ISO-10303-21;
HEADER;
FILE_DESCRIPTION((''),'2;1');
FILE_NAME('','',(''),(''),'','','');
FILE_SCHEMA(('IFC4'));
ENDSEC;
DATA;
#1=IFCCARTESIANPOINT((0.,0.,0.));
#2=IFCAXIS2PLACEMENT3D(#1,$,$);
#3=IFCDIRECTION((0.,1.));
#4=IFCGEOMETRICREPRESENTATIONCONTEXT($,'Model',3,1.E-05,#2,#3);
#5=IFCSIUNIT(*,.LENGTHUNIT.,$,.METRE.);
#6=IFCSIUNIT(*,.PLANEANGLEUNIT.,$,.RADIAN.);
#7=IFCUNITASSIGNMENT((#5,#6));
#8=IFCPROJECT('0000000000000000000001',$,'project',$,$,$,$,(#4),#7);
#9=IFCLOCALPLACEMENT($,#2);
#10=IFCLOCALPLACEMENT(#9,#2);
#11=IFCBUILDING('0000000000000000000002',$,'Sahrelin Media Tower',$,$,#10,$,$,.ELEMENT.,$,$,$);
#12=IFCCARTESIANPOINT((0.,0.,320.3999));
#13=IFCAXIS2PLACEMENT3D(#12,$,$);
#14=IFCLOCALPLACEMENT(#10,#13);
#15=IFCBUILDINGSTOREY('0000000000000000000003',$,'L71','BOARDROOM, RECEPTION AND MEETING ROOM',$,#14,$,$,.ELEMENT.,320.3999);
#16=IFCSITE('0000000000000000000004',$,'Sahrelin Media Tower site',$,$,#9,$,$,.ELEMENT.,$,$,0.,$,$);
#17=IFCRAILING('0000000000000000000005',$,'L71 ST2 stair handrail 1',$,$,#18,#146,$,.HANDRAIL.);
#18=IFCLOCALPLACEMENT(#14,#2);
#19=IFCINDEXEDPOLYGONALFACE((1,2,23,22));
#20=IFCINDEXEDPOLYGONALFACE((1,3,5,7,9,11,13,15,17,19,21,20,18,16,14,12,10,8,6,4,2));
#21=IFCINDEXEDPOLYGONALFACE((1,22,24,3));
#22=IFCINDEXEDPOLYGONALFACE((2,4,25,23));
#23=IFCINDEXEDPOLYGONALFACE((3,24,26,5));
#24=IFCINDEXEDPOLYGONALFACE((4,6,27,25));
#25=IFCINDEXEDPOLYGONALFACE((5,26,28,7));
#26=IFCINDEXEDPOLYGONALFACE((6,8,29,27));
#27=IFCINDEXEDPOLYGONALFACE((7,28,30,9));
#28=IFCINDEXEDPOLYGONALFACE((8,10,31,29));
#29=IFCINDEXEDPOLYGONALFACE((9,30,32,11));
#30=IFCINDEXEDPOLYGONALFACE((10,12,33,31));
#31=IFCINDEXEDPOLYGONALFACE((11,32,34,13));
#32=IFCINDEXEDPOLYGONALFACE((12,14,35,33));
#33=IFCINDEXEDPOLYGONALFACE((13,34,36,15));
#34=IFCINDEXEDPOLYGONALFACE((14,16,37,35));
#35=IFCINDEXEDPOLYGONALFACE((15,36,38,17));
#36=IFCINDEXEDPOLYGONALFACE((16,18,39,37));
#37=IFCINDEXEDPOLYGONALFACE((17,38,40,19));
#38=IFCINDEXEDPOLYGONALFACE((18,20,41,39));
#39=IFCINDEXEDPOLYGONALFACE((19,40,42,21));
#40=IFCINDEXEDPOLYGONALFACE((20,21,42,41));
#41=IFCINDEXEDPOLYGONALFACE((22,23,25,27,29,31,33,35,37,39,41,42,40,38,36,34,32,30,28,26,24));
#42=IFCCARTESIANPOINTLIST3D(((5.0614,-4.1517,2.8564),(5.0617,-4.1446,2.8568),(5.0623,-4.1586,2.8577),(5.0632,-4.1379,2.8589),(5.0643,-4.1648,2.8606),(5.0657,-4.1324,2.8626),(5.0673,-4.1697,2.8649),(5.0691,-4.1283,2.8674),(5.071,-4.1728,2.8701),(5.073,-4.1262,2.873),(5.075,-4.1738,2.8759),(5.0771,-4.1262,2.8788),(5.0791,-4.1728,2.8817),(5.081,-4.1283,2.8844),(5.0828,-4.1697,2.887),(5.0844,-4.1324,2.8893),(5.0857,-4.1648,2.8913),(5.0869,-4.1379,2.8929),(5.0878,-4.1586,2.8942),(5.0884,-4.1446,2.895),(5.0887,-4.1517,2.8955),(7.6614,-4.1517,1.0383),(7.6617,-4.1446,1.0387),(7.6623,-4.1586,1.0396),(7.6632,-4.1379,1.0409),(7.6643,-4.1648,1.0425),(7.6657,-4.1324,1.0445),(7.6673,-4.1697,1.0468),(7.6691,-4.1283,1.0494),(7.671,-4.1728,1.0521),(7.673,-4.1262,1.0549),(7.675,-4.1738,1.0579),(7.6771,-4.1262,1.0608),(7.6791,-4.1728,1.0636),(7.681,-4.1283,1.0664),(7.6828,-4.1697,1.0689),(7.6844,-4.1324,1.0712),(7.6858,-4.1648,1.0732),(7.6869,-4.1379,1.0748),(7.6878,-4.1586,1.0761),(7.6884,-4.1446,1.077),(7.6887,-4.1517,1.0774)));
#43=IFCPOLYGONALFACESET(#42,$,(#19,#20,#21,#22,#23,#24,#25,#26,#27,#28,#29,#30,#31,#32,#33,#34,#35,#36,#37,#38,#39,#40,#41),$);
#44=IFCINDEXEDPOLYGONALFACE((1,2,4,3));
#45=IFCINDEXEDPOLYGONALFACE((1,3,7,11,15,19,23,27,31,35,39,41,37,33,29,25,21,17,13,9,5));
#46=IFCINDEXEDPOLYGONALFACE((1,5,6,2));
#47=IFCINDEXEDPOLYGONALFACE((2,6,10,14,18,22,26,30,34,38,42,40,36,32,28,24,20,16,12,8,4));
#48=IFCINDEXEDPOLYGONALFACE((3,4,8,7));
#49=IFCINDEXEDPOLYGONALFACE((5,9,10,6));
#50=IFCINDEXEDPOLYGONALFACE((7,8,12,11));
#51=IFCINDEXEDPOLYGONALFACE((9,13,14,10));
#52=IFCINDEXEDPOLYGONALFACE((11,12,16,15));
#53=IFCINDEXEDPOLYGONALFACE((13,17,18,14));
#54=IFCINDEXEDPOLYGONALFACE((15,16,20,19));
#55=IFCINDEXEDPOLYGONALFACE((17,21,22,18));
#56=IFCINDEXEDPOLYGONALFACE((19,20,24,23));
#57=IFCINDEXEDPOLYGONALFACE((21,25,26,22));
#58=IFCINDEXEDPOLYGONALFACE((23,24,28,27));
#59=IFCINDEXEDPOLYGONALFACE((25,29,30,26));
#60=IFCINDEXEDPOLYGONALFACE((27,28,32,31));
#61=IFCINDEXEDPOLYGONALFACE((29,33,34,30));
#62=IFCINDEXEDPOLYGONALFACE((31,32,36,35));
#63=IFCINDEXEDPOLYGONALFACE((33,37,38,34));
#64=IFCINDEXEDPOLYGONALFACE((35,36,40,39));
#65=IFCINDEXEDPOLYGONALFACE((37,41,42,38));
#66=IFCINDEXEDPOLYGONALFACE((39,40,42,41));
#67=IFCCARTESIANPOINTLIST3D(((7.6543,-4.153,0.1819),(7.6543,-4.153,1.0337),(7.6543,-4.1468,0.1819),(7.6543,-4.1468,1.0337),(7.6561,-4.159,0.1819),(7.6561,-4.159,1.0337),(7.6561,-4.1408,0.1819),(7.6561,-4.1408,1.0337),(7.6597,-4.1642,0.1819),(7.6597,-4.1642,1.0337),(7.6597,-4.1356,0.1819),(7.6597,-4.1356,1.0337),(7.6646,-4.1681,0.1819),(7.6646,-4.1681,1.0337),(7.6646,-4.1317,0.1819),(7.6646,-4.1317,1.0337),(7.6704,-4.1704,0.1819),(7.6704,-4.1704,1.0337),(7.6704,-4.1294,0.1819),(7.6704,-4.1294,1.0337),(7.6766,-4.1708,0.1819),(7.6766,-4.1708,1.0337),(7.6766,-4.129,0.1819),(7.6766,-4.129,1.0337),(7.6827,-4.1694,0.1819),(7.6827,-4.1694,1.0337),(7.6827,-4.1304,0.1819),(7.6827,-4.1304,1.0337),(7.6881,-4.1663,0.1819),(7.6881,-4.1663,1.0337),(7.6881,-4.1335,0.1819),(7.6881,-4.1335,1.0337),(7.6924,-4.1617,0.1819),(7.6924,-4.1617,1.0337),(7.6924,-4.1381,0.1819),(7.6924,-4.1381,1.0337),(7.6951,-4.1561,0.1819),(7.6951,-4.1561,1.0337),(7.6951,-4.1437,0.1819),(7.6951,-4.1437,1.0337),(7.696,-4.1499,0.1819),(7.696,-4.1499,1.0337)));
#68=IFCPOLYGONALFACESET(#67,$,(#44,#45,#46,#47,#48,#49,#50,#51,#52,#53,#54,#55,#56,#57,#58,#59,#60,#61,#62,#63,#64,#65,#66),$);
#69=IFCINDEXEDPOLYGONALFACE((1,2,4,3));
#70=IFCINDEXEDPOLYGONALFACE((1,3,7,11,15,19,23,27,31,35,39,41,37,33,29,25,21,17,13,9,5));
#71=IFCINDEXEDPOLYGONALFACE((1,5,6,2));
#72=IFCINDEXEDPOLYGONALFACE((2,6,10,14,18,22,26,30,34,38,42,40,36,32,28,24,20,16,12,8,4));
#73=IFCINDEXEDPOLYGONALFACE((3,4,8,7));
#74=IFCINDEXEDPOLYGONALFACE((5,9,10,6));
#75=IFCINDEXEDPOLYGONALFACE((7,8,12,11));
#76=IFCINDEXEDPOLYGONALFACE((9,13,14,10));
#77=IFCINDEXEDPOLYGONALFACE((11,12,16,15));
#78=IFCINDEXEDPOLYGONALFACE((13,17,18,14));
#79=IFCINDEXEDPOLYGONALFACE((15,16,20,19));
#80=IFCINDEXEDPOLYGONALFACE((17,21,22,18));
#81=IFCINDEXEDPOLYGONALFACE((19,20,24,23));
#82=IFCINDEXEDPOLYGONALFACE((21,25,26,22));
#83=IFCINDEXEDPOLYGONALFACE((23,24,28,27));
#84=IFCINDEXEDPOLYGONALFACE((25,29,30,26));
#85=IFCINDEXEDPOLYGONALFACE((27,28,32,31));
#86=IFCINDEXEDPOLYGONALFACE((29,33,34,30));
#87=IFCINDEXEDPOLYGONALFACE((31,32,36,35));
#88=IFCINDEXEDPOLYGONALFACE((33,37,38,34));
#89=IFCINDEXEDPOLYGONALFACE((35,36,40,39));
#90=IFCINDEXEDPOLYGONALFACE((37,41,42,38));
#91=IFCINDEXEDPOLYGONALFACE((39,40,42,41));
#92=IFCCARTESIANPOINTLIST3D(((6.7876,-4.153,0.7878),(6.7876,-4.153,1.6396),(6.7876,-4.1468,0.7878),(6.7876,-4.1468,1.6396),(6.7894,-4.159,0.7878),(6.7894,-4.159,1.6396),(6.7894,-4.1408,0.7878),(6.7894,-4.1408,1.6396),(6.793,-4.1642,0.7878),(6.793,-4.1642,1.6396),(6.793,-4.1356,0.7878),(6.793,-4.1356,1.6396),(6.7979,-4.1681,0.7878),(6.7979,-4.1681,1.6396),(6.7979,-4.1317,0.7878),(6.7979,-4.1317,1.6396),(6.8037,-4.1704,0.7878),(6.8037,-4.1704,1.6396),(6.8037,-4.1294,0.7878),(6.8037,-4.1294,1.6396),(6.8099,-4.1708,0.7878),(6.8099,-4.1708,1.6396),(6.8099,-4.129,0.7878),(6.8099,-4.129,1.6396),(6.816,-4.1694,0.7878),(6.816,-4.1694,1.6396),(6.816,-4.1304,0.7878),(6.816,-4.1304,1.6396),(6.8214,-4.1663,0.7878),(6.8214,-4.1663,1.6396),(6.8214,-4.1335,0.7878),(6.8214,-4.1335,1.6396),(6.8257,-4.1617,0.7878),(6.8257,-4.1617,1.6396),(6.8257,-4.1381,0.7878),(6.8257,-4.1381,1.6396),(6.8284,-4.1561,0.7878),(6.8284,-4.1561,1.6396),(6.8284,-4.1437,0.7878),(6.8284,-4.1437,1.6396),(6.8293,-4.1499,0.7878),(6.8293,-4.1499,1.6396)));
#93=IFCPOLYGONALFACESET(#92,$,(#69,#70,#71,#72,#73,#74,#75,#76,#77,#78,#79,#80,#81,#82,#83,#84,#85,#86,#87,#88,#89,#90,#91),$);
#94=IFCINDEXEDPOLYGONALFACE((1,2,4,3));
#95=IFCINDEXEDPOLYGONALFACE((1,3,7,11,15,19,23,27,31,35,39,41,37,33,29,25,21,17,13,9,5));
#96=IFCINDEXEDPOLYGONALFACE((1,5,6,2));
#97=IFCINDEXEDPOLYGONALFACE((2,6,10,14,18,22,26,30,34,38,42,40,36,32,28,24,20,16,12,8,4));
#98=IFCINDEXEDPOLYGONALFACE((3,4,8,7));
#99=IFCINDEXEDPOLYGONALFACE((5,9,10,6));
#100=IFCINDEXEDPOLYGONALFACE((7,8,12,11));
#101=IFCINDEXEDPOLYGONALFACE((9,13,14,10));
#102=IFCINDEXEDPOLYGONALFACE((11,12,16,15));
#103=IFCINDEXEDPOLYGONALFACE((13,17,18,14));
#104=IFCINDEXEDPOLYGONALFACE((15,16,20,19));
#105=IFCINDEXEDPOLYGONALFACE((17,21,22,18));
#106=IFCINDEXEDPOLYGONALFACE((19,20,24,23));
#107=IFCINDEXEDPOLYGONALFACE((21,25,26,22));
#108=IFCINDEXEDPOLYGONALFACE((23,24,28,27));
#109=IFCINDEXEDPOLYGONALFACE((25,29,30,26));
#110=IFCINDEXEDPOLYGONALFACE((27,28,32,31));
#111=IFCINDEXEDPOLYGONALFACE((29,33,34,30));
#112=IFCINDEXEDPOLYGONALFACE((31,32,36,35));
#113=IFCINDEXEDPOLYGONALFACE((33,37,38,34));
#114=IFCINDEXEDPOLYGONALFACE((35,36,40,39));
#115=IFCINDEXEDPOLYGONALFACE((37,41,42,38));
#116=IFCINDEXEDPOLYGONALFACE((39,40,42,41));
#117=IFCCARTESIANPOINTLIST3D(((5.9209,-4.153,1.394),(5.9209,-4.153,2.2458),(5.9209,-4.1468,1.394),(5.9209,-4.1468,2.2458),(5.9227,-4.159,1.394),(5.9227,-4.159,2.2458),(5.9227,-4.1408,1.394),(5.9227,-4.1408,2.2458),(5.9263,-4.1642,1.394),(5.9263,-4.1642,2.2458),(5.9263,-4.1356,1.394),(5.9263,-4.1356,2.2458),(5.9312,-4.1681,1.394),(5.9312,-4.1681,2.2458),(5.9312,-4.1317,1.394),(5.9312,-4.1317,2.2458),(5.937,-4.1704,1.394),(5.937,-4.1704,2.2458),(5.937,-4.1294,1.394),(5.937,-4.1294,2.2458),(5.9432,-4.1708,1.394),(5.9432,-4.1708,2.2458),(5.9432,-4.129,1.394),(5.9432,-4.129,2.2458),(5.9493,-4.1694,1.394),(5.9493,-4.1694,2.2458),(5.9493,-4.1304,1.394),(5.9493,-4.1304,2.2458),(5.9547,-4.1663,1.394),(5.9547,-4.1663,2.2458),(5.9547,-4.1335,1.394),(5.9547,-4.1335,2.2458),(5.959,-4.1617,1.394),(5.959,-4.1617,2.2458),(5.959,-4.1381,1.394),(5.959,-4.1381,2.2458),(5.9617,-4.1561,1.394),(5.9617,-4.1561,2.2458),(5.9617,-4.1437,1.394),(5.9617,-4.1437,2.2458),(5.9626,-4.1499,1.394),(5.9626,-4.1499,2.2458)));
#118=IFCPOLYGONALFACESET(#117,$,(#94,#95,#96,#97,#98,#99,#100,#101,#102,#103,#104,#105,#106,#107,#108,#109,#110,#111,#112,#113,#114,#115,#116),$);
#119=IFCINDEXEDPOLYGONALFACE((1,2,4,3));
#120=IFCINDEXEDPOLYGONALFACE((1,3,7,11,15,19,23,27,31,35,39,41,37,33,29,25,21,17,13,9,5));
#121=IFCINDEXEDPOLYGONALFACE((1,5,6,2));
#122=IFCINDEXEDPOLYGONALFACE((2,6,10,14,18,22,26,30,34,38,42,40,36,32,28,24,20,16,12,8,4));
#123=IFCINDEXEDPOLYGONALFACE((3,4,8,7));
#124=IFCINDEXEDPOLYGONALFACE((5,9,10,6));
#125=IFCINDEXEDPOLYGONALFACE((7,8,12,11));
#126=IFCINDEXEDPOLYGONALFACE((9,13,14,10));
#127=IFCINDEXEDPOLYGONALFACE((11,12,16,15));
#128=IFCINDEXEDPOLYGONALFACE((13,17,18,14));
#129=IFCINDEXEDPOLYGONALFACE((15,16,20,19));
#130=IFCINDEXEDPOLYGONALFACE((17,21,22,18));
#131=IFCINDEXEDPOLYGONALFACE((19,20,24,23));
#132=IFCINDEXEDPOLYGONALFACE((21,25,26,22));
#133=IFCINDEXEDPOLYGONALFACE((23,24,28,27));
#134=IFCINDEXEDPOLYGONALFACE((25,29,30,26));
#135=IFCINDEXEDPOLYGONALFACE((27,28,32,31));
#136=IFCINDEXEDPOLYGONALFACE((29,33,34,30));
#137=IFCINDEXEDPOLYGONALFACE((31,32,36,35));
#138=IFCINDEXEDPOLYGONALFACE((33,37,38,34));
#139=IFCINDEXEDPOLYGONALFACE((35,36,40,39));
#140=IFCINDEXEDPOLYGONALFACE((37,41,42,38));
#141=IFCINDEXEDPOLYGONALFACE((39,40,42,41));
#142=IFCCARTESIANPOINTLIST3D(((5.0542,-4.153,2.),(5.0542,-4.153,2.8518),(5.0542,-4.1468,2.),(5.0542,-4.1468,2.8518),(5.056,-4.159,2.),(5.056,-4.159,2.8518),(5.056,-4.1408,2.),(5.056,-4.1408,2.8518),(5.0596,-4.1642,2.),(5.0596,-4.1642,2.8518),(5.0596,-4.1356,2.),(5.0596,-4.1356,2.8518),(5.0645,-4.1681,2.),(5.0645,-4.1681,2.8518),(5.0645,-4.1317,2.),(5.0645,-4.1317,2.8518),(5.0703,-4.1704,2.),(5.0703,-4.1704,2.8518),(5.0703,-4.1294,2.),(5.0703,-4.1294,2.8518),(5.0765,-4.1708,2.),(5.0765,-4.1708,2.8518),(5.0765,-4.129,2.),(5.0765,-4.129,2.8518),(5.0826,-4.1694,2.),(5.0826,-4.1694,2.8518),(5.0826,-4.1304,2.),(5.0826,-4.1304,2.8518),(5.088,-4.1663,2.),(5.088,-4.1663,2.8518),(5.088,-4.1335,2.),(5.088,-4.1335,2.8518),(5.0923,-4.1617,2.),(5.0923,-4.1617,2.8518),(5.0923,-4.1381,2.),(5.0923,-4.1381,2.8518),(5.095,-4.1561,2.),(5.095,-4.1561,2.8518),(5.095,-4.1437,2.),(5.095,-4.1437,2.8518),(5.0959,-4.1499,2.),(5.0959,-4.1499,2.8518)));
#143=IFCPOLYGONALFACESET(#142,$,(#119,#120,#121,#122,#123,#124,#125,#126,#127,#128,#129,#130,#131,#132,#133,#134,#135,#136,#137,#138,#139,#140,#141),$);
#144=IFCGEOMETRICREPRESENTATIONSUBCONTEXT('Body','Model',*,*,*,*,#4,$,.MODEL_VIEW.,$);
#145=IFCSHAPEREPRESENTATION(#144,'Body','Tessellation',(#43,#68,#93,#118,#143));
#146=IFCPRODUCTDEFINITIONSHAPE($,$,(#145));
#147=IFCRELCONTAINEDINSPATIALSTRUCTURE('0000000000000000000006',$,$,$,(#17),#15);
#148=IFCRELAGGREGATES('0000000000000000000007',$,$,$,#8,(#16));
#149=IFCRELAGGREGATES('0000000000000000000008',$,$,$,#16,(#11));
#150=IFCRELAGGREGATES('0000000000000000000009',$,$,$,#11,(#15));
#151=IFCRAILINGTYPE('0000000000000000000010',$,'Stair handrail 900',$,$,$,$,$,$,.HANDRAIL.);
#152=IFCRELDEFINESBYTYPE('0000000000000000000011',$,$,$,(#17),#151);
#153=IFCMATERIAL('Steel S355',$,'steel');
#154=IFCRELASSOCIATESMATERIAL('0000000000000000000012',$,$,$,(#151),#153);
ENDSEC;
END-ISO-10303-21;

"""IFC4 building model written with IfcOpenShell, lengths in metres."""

from ifc_helpers import new_model, si_unit, direction, frame, origin, origin_2d, place, context, subcontext, project, spatial, circle, extrude, material, type_object, element, save


model = new_model("IFC4")

# Units and contexts
model_context = context("Model", 3, precision=1e-05, world=origin(), true_north=direction((0.0, 1.0)))
body_context = subcontext(model_context, "Body", "Model", "MODEL_VIEW")
ifc_project = project(units=[si_unit("LENGTHUNIT", "METRE"), si_unit("PLANEANGLEUNIT", "RADIAN")], contexts=[model_context])

# Site, building, storey
site_placement = place(None, origin())
site = spatial("IfcSite", under=ifc_project, at=site_placement, Name="Sahrelin Media Tower site", CompositionType="ELEMENT", RefElevation=0.0)
building_placement = place(site_placement, origin())
building = spatial("IfcBuilding", under=site, at=building_placement, Name="Sahrelin Media Tower", CompositionType="ELEMENT")
storey_placement = place(building_placement, frame((0.0, 0.0, 320.3999)))
storey = spatial("IfcBuildingStorey", under=building, at=storey_placement, Name="L71", Description="BOARDROOM, RECEPTION AND MEETING ROOM", CompositionType="ELEMENT", Elevation=320.3999)

# Shared definitions
ifc_material_1 = material(Name="Steel S355", Category="steel")

# Railing
railing_type_1 = type_object("IfcRailingType", Name="Stair handrail 900", PredefinedType="HANDRAIL", material=ifc_material_1)
railing_1_placement = place(storey_placement, frame((7.675, -4.1499, 0.1819)))
element("IfcRailing", 1, at=railing_1_placement, inside=storey, type_object=railing_type_1, Name="L71 ST2 stair handrail 1", PredefinedType="HANDRAIL", context=body_context, shape_type="SweptSolid", body=[
    extrude(circle(Radius=0.0239, at=origin_2d()), frame((0.0, 0.0, 0.876), z_axis=(-0.819521, 0.0, 0.573049), x_axis=(0.0, -1.0, 0.0)), (0.0, 0.0, 1.0), 3.1726),
    extrude(circle(Radius=0.021, at=origin_2d()), origin(), (0.0, 0.0, 1.0), 0.8518),
    extrude(circle(Radius=0.021, at=origin_2d()), frame((-0.8667, 0.0, 0.606)), (0.0, 0.0, 1.0), 0.8518),
    extrude(circle(Radius=0.021, at=origin_2d()), frame((-1.7334, 0.0, 1.2122)), (0.0, 0.0, 1.0), 0.8518),
    extrude(circle(Radius=0.021, at=origin_2d()), frame((-2.6001, 0.0, 1.8181)), (0.0, 0.0, 1.0), 0.8518),
])

save(model, "model.ifc")
